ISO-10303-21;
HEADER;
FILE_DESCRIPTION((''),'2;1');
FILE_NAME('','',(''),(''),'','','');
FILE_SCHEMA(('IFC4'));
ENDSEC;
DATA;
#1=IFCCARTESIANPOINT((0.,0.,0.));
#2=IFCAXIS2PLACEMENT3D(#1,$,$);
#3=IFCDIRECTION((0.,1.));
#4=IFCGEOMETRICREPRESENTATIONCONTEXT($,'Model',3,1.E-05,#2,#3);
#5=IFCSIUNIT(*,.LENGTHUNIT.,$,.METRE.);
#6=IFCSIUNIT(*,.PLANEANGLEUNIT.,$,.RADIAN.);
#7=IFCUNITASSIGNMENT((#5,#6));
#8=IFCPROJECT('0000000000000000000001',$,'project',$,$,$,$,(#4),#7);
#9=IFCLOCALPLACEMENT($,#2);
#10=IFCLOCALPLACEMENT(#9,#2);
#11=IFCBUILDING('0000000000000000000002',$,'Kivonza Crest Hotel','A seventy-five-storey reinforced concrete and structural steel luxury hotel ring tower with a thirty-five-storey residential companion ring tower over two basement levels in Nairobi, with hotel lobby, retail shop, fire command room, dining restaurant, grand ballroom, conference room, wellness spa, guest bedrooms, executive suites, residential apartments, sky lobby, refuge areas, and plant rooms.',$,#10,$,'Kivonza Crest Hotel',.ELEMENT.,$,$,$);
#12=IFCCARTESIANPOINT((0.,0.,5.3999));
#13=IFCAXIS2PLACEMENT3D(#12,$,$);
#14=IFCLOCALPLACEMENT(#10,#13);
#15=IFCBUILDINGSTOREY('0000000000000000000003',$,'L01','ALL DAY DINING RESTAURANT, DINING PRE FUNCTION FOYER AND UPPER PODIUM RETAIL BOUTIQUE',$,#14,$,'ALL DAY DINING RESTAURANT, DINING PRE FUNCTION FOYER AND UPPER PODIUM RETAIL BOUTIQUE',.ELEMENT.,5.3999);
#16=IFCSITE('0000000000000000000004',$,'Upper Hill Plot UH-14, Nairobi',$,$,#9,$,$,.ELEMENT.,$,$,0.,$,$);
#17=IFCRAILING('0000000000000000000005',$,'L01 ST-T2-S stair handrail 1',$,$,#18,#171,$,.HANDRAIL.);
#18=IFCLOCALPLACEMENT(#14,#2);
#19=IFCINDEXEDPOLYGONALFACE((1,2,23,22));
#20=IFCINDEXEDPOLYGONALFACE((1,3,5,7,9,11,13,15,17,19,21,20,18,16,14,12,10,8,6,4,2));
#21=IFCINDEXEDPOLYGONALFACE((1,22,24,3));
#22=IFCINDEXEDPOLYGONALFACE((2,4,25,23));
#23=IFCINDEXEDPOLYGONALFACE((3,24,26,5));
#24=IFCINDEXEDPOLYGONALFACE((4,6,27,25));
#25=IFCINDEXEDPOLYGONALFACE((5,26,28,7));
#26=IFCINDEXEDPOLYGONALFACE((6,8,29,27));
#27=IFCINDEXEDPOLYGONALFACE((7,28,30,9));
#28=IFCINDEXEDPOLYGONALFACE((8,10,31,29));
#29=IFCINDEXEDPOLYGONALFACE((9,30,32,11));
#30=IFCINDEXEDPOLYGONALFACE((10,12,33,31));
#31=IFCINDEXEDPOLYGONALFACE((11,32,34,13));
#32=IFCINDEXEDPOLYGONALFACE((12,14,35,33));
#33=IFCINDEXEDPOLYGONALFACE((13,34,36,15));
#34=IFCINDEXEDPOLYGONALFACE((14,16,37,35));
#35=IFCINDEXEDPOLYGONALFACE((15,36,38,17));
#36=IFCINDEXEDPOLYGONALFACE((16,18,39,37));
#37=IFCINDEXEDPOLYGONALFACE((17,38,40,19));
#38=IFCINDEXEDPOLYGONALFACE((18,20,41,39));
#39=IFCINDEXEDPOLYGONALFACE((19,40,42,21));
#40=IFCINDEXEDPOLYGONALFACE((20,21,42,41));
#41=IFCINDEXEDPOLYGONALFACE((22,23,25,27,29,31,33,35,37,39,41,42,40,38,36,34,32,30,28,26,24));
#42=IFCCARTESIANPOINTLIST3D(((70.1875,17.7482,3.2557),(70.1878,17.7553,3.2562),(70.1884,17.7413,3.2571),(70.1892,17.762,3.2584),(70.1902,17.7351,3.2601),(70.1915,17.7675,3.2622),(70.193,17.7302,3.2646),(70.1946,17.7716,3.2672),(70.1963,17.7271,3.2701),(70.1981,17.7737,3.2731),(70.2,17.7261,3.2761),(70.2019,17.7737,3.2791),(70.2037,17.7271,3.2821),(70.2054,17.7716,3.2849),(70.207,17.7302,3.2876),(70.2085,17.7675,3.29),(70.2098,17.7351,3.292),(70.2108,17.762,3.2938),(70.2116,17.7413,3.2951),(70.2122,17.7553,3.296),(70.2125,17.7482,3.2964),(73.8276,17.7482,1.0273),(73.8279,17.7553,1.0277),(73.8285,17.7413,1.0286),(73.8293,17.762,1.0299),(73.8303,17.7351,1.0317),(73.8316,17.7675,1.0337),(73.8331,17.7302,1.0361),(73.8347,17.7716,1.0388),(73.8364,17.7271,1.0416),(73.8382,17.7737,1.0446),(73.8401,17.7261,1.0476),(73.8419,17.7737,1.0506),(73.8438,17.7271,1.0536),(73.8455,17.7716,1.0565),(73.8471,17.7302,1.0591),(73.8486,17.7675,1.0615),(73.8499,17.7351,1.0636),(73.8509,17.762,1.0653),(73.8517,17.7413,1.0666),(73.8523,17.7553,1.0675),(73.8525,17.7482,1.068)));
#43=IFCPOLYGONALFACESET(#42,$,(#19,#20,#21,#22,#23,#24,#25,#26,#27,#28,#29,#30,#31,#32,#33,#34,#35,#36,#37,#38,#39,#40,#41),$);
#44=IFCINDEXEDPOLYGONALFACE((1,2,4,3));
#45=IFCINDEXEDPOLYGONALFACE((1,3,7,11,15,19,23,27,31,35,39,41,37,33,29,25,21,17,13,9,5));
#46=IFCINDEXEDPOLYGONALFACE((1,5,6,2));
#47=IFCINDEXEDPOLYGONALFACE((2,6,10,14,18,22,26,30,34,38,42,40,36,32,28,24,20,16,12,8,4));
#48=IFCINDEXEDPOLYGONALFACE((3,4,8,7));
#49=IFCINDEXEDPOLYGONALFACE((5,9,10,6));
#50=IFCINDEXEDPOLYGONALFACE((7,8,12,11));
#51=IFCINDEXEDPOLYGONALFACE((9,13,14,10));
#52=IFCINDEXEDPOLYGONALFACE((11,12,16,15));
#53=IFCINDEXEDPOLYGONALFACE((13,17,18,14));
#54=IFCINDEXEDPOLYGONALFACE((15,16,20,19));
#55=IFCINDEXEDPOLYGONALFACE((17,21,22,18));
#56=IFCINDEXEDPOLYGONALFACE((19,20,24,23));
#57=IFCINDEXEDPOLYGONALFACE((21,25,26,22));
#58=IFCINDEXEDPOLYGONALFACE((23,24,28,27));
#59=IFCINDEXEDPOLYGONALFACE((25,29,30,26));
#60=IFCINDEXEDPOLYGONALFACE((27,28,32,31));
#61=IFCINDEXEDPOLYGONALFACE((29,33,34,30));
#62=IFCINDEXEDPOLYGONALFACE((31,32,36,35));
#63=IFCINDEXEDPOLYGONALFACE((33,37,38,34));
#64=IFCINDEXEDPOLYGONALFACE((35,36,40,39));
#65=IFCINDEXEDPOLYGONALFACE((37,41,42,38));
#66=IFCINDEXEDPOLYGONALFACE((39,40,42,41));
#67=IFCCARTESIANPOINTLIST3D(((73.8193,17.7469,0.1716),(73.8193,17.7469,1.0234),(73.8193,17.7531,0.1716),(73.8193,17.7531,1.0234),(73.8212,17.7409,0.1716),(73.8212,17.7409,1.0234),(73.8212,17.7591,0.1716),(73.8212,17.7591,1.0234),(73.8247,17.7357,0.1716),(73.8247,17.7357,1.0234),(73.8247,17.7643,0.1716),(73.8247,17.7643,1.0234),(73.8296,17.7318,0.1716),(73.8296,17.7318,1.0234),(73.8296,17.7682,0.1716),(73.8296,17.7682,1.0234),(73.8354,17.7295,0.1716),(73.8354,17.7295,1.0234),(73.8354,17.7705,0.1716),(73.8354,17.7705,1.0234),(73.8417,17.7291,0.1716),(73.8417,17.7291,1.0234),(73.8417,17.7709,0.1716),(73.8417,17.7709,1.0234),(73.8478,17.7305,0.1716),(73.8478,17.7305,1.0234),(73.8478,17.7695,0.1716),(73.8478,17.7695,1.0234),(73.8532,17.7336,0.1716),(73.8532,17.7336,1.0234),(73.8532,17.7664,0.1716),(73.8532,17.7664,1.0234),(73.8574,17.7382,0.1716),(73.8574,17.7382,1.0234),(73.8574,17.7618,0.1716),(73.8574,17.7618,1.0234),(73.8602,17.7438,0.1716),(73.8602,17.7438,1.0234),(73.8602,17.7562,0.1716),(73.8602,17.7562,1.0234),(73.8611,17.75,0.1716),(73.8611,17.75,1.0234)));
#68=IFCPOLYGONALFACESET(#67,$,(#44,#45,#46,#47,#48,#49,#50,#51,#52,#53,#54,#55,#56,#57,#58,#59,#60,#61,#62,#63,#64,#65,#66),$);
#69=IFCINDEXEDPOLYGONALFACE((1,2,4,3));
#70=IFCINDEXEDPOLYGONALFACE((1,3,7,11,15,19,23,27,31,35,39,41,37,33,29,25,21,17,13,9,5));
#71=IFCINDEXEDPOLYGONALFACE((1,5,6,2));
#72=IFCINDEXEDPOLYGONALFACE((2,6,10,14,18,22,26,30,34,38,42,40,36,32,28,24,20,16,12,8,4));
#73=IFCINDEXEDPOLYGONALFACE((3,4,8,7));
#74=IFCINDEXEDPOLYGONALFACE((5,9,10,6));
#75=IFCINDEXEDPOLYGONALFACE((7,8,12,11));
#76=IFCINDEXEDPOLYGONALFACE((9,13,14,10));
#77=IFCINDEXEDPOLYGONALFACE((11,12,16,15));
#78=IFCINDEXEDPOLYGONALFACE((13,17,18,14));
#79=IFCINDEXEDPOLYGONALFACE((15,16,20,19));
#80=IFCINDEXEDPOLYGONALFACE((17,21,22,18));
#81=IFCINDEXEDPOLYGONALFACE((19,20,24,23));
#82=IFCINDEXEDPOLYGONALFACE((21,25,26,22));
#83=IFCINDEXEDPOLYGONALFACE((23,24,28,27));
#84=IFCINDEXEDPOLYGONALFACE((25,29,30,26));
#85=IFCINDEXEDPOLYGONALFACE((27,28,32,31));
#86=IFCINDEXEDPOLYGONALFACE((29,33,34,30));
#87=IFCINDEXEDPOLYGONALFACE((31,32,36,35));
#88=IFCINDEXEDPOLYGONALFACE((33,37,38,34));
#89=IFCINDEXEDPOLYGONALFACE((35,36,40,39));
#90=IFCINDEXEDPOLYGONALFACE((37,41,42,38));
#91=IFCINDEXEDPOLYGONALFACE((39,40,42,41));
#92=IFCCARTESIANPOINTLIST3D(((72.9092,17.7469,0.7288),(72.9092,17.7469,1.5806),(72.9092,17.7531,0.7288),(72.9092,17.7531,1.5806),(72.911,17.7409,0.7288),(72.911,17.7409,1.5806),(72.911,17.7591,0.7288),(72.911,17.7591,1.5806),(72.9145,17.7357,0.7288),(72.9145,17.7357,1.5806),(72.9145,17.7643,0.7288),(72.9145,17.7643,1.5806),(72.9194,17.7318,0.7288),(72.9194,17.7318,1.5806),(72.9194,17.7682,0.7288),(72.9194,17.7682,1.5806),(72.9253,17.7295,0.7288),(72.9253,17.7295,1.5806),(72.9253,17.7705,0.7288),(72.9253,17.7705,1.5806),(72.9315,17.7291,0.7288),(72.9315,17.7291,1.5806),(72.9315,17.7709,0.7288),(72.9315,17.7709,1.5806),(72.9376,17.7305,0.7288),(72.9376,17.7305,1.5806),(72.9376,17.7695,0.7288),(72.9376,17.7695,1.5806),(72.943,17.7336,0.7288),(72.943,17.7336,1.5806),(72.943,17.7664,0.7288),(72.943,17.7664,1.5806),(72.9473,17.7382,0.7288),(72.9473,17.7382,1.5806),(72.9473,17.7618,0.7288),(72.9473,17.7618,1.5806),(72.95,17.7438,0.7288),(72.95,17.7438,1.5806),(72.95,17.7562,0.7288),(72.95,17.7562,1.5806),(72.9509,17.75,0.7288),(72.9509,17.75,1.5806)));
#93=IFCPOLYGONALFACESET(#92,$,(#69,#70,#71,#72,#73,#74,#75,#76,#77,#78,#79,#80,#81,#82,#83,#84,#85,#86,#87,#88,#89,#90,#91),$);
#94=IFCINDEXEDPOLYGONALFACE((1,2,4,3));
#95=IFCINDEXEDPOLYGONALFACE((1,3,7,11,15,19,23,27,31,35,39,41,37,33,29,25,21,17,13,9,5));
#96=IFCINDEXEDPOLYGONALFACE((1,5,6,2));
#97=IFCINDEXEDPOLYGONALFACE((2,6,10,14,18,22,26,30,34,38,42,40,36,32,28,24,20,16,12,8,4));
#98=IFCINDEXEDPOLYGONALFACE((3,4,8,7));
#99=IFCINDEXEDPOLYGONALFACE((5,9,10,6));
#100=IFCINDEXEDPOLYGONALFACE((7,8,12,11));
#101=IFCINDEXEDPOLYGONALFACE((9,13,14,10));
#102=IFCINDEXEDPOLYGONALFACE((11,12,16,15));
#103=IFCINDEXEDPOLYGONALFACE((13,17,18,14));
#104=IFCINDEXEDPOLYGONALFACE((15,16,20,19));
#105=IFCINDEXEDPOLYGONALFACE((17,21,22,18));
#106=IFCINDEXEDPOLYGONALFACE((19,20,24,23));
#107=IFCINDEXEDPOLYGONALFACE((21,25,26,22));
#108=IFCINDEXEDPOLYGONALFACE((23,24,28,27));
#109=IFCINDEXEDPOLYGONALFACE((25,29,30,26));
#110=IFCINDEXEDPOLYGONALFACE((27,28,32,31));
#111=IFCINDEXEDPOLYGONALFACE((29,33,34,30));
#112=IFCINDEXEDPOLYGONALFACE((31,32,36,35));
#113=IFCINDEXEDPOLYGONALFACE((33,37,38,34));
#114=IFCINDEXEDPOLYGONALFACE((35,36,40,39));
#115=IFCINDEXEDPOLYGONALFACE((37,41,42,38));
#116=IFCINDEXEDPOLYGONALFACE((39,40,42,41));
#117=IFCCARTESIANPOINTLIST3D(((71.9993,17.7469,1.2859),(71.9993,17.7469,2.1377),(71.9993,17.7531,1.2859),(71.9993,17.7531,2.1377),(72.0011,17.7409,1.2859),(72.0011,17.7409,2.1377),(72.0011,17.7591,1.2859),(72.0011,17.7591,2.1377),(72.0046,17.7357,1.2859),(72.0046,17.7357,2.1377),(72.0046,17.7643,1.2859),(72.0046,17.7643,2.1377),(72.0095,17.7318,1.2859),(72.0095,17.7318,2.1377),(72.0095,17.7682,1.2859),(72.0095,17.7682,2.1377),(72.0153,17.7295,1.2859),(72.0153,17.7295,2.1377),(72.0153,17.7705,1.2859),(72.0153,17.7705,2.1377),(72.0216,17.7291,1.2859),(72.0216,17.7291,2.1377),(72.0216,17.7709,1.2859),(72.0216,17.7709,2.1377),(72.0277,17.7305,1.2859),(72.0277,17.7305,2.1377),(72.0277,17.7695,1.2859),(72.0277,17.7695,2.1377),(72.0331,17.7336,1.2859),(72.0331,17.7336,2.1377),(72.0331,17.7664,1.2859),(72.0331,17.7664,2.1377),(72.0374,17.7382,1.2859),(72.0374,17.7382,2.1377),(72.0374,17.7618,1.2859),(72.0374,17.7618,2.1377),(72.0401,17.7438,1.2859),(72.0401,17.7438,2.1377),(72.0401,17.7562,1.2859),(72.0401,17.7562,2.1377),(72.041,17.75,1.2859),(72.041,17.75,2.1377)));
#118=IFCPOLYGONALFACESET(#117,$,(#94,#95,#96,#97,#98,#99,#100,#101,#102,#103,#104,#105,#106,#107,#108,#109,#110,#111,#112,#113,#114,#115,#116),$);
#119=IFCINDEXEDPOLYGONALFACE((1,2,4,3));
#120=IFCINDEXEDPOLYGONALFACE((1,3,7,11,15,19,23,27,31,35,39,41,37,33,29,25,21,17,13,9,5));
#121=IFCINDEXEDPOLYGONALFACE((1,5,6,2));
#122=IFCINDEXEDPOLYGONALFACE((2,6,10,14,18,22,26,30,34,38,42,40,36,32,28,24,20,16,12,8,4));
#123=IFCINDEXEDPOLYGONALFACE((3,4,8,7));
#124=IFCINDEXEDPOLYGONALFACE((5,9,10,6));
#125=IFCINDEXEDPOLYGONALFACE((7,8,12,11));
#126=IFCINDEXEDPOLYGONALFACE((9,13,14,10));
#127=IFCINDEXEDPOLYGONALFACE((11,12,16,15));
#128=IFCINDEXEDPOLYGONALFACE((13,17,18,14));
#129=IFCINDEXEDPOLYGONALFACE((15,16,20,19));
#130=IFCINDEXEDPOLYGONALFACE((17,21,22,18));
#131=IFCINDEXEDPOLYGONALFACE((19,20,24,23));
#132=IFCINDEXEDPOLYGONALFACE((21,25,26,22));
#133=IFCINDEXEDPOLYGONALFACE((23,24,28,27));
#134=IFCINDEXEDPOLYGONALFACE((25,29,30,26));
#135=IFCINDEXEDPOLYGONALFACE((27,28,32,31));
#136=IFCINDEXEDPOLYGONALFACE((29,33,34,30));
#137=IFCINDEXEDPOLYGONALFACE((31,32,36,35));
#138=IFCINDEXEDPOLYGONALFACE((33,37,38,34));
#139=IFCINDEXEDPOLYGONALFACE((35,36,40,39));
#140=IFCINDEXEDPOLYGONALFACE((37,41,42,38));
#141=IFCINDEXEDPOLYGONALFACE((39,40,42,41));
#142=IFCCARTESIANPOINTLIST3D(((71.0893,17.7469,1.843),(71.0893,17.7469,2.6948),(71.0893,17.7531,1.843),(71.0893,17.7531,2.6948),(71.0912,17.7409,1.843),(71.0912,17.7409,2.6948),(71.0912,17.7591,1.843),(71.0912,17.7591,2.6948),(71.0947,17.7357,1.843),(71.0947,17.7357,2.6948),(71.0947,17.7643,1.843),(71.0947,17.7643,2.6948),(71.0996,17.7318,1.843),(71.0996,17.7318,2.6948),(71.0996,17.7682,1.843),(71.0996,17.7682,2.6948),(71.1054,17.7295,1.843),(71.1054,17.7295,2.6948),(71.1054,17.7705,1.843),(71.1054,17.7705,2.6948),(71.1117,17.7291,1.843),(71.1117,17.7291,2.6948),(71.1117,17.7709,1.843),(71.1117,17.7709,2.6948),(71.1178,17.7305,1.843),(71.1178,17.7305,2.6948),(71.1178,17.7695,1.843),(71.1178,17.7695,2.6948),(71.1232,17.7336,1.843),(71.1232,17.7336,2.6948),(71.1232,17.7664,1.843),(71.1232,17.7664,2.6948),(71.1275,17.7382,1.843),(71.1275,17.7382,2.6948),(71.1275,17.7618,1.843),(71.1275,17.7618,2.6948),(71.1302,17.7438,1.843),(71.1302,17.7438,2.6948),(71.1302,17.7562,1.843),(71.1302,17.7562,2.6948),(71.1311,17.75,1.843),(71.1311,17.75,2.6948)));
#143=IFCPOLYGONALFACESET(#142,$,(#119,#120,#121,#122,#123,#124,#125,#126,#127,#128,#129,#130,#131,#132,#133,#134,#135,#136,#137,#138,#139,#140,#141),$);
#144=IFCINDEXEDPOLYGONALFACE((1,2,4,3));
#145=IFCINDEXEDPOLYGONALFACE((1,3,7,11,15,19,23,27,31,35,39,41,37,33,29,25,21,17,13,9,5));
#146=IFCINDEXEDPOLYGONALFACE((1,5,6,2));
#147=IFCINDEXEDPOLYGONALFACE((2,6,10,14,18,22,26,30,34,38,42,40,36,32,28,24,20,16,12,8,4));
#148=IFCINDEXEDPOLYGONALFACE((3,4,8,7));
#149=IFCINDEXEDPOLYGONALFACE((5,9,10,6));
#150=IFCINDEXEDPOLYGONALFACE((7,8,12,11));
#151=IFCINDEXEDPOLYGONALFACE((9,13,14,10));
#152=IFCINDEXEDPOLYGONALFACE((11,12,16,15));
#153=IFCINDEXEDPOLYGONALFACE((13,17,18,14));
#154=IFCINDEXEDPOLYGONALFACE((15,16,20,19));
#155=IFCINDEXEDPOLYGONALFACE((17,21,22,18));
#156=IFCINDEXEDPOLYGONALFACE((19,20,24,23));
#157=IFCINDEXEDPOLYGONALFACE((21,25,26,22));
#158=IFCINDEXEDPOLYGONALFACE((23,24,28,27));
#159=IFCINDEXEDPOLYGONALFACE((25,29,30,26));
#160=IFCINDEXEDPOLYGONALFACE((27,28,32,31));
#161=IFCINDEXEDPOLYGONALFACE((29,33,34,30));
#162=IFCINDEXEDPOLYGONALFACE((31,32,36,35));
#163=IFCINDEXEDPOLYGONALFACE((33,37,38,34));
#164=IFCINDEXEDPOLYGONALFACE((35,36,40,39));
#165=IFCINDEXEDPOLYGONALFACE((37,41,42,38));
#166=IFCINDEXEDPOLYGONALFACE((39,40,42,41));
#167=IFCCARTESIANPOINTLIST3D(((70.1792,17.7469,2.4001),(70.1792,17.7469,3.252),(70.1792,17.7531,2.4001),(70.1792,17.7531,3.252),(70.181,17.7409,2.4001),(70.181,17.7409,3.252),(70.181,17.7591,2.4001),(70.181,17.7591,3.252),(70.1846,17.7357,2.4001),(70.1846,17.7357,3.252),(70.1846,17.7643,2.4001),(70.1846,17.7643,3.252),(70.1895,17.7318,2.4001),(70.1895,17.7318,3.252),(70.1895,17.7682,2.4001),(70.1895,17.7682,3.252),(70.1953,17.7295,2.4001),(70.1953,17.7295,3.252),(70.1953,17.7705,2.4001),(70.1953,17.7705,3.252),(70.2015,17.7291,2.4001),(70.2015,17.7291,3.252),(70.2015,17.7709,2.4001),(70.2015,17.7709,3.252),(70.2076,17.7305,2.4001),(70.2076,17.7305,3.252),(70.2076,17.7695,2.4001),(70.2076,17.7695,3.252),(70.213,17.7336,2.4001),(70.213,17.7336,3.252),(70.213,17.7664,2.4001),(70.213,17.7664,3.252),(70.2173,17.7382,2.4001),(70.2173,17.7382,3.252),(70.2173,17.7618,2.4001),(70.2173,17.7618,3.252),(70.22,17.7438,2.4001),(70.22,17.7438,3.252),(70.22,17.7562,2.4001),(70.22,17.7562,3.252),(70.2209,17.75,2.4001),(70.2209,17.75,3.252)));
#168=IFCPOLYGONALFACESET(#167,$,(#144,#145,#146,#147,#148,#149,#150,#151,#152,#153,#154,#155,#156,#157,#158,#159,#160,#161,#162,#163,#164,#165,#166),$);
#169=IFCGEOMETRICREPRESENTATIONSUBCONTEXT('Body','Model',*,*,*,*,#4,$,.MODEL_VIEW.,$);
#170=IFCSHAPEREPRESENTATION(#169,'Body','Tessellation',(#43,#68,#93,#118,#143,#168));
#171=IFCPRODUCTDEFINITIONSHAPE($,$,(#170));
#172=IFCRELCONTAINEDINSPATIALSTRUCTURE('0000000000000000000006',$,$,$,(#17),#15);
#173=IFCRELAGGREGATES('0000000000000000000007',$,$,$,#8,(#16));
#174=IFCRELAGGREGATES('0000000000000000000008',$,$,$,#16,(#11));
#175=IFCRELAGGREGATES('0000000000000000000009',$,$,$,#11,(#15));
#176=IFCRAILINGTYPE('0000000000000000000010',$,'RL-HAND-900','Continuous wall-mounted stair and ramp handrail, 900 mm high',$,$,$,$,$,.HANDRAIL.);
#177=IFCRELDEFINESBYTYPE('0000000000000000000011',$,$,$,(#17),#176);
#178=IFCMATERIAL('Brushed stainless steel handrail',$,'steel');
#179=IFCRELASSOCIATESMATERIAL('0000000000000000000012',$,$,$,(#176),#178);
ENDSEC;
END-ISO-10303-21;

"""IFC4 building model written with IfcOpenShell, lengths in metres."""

from ifc_helpers import new_model, si_unit, direction, frame, origin, origin_2d, place, context, subcontext, project, spatial, circle, extrude, material, type_object, element, save


model = new_model("IFC4")

# Units and contexts
model_context = context("Model", 3, precision=1e-05, world=origin(), true_north=direction((0.0, 1.0)))
body_context = subcontext(model_context, "Body", "Model", "MODEL_VIEW")
ifc_project = project(units=[si_unit("LENGTHUNIT", "METRE"), si_unit("PLANEANGLEUNIT", "RADIAN")], contexts=[model_context])

# Site, building, storey
site_placement = place(None, origin())
site = spatial("IfcSite", under=ifc_project, at=site_placement, Name="Upper Hill Plot UH-14, Nairobi", CompositionType="ELEMENT", RefElevation=0.0)
building_placement = place(site_placement, origin())
building = spatial("IfcBuilding", under=site, at=building_placement, Name="Kivonza Crest Hotel", Description="A seventy-five-storey reinforced concrete and structural steel luxury hotel ring tower with a thirty-five-storey residential companion ring tower over two basement levels in Nairobi, with hotel lobby, retail shop, fire command room, dining restaurant, grand ballroom, conference room, wellness spa, guest bedrooms, executive suites, residential apartments, sky lobby, refuge areas, and plant rooms.", LongName="Kivonza Crest Hotel", CompositionType="ELEMENT")
storey_placement = place(building_placement, frame((0.0, 0.0, 5.3999)))
storey = spatial("IfcBuildingStorey", under=building, at=storey_placement, Name="L01", Description="ALL DAY DINING RESTAURANT, DINING PRE FUNCTION FOYER AND UPPER PODIUM RETAIL BOUTIQUE", LongName="ALL DAY DINING RESTAURANT, DINING PRE FUNCTION FOYER AND UPPER PODIUM RETAIL BOUTIQUE", CompositionType="ELEMENT", Elevation=5.3999)

# Railing
ifc_material_1 = material(Name="Brushed stainless steel handrail", Category="steel")
railing_type_1 = type_object("IfcRailingType", Name="RL-HAND-900", Description="Continuous wall-mounted stair and ramp handrail, 900 mm high", PredefinedType="HANDRAIL", material=ifc_material_1)
railing_1_placement = place(storey_placement, frame((73.8401, 17.75, 0.1716)))
element("IfcRailing", 1, at=railing_1_placement, inside=storey, type_object=railing_type_1, Name="L01 ST-T2-S stair handrail 1", PredefinedType="HANDRAIL", context=body_context, shape_type="SweptSolid", body=[
    extrude(circle(Radius=0.0239, at=origin_2d()), frame((0.0, 0.0, 0.876), z_axis=(-0.852866, 0.0, 0.52213), x_axis=(0.0, -1.0, 0.0)), (0.0, 0.0, 1.0), 4.2681),
    extrude(circle(Radius=0.021, at=origin_2d()), origin(), (0.0, 0.0, 1.0), 0.8518),
    extrude(circle(Radius=0.021, at=origin_2d()), frame((-0.9102, 0.0, 0.5571)), (0.0, 0.0, 1.0), 0.8518),
    extrude(circle(Radius=0.021, at=origin_2d()), frame((-1.8201, 0.0, 1.1143)), (0.0, 0.0, 1.0), 0.8518),
    extrude(circle(Radius=0.021, at=origin_2d()), frame((-2.73, 0.0, 1.6714)), (0.0, 0.0, 1.0), 0.8518),
    extrude(circle(Radius=0.021, at=origin_2d()), frame((-3.6401, 0.0, 2.2285)), (0.0, 0.0, 1.0), 0.8518),
])

save(model, "model.ifc")
